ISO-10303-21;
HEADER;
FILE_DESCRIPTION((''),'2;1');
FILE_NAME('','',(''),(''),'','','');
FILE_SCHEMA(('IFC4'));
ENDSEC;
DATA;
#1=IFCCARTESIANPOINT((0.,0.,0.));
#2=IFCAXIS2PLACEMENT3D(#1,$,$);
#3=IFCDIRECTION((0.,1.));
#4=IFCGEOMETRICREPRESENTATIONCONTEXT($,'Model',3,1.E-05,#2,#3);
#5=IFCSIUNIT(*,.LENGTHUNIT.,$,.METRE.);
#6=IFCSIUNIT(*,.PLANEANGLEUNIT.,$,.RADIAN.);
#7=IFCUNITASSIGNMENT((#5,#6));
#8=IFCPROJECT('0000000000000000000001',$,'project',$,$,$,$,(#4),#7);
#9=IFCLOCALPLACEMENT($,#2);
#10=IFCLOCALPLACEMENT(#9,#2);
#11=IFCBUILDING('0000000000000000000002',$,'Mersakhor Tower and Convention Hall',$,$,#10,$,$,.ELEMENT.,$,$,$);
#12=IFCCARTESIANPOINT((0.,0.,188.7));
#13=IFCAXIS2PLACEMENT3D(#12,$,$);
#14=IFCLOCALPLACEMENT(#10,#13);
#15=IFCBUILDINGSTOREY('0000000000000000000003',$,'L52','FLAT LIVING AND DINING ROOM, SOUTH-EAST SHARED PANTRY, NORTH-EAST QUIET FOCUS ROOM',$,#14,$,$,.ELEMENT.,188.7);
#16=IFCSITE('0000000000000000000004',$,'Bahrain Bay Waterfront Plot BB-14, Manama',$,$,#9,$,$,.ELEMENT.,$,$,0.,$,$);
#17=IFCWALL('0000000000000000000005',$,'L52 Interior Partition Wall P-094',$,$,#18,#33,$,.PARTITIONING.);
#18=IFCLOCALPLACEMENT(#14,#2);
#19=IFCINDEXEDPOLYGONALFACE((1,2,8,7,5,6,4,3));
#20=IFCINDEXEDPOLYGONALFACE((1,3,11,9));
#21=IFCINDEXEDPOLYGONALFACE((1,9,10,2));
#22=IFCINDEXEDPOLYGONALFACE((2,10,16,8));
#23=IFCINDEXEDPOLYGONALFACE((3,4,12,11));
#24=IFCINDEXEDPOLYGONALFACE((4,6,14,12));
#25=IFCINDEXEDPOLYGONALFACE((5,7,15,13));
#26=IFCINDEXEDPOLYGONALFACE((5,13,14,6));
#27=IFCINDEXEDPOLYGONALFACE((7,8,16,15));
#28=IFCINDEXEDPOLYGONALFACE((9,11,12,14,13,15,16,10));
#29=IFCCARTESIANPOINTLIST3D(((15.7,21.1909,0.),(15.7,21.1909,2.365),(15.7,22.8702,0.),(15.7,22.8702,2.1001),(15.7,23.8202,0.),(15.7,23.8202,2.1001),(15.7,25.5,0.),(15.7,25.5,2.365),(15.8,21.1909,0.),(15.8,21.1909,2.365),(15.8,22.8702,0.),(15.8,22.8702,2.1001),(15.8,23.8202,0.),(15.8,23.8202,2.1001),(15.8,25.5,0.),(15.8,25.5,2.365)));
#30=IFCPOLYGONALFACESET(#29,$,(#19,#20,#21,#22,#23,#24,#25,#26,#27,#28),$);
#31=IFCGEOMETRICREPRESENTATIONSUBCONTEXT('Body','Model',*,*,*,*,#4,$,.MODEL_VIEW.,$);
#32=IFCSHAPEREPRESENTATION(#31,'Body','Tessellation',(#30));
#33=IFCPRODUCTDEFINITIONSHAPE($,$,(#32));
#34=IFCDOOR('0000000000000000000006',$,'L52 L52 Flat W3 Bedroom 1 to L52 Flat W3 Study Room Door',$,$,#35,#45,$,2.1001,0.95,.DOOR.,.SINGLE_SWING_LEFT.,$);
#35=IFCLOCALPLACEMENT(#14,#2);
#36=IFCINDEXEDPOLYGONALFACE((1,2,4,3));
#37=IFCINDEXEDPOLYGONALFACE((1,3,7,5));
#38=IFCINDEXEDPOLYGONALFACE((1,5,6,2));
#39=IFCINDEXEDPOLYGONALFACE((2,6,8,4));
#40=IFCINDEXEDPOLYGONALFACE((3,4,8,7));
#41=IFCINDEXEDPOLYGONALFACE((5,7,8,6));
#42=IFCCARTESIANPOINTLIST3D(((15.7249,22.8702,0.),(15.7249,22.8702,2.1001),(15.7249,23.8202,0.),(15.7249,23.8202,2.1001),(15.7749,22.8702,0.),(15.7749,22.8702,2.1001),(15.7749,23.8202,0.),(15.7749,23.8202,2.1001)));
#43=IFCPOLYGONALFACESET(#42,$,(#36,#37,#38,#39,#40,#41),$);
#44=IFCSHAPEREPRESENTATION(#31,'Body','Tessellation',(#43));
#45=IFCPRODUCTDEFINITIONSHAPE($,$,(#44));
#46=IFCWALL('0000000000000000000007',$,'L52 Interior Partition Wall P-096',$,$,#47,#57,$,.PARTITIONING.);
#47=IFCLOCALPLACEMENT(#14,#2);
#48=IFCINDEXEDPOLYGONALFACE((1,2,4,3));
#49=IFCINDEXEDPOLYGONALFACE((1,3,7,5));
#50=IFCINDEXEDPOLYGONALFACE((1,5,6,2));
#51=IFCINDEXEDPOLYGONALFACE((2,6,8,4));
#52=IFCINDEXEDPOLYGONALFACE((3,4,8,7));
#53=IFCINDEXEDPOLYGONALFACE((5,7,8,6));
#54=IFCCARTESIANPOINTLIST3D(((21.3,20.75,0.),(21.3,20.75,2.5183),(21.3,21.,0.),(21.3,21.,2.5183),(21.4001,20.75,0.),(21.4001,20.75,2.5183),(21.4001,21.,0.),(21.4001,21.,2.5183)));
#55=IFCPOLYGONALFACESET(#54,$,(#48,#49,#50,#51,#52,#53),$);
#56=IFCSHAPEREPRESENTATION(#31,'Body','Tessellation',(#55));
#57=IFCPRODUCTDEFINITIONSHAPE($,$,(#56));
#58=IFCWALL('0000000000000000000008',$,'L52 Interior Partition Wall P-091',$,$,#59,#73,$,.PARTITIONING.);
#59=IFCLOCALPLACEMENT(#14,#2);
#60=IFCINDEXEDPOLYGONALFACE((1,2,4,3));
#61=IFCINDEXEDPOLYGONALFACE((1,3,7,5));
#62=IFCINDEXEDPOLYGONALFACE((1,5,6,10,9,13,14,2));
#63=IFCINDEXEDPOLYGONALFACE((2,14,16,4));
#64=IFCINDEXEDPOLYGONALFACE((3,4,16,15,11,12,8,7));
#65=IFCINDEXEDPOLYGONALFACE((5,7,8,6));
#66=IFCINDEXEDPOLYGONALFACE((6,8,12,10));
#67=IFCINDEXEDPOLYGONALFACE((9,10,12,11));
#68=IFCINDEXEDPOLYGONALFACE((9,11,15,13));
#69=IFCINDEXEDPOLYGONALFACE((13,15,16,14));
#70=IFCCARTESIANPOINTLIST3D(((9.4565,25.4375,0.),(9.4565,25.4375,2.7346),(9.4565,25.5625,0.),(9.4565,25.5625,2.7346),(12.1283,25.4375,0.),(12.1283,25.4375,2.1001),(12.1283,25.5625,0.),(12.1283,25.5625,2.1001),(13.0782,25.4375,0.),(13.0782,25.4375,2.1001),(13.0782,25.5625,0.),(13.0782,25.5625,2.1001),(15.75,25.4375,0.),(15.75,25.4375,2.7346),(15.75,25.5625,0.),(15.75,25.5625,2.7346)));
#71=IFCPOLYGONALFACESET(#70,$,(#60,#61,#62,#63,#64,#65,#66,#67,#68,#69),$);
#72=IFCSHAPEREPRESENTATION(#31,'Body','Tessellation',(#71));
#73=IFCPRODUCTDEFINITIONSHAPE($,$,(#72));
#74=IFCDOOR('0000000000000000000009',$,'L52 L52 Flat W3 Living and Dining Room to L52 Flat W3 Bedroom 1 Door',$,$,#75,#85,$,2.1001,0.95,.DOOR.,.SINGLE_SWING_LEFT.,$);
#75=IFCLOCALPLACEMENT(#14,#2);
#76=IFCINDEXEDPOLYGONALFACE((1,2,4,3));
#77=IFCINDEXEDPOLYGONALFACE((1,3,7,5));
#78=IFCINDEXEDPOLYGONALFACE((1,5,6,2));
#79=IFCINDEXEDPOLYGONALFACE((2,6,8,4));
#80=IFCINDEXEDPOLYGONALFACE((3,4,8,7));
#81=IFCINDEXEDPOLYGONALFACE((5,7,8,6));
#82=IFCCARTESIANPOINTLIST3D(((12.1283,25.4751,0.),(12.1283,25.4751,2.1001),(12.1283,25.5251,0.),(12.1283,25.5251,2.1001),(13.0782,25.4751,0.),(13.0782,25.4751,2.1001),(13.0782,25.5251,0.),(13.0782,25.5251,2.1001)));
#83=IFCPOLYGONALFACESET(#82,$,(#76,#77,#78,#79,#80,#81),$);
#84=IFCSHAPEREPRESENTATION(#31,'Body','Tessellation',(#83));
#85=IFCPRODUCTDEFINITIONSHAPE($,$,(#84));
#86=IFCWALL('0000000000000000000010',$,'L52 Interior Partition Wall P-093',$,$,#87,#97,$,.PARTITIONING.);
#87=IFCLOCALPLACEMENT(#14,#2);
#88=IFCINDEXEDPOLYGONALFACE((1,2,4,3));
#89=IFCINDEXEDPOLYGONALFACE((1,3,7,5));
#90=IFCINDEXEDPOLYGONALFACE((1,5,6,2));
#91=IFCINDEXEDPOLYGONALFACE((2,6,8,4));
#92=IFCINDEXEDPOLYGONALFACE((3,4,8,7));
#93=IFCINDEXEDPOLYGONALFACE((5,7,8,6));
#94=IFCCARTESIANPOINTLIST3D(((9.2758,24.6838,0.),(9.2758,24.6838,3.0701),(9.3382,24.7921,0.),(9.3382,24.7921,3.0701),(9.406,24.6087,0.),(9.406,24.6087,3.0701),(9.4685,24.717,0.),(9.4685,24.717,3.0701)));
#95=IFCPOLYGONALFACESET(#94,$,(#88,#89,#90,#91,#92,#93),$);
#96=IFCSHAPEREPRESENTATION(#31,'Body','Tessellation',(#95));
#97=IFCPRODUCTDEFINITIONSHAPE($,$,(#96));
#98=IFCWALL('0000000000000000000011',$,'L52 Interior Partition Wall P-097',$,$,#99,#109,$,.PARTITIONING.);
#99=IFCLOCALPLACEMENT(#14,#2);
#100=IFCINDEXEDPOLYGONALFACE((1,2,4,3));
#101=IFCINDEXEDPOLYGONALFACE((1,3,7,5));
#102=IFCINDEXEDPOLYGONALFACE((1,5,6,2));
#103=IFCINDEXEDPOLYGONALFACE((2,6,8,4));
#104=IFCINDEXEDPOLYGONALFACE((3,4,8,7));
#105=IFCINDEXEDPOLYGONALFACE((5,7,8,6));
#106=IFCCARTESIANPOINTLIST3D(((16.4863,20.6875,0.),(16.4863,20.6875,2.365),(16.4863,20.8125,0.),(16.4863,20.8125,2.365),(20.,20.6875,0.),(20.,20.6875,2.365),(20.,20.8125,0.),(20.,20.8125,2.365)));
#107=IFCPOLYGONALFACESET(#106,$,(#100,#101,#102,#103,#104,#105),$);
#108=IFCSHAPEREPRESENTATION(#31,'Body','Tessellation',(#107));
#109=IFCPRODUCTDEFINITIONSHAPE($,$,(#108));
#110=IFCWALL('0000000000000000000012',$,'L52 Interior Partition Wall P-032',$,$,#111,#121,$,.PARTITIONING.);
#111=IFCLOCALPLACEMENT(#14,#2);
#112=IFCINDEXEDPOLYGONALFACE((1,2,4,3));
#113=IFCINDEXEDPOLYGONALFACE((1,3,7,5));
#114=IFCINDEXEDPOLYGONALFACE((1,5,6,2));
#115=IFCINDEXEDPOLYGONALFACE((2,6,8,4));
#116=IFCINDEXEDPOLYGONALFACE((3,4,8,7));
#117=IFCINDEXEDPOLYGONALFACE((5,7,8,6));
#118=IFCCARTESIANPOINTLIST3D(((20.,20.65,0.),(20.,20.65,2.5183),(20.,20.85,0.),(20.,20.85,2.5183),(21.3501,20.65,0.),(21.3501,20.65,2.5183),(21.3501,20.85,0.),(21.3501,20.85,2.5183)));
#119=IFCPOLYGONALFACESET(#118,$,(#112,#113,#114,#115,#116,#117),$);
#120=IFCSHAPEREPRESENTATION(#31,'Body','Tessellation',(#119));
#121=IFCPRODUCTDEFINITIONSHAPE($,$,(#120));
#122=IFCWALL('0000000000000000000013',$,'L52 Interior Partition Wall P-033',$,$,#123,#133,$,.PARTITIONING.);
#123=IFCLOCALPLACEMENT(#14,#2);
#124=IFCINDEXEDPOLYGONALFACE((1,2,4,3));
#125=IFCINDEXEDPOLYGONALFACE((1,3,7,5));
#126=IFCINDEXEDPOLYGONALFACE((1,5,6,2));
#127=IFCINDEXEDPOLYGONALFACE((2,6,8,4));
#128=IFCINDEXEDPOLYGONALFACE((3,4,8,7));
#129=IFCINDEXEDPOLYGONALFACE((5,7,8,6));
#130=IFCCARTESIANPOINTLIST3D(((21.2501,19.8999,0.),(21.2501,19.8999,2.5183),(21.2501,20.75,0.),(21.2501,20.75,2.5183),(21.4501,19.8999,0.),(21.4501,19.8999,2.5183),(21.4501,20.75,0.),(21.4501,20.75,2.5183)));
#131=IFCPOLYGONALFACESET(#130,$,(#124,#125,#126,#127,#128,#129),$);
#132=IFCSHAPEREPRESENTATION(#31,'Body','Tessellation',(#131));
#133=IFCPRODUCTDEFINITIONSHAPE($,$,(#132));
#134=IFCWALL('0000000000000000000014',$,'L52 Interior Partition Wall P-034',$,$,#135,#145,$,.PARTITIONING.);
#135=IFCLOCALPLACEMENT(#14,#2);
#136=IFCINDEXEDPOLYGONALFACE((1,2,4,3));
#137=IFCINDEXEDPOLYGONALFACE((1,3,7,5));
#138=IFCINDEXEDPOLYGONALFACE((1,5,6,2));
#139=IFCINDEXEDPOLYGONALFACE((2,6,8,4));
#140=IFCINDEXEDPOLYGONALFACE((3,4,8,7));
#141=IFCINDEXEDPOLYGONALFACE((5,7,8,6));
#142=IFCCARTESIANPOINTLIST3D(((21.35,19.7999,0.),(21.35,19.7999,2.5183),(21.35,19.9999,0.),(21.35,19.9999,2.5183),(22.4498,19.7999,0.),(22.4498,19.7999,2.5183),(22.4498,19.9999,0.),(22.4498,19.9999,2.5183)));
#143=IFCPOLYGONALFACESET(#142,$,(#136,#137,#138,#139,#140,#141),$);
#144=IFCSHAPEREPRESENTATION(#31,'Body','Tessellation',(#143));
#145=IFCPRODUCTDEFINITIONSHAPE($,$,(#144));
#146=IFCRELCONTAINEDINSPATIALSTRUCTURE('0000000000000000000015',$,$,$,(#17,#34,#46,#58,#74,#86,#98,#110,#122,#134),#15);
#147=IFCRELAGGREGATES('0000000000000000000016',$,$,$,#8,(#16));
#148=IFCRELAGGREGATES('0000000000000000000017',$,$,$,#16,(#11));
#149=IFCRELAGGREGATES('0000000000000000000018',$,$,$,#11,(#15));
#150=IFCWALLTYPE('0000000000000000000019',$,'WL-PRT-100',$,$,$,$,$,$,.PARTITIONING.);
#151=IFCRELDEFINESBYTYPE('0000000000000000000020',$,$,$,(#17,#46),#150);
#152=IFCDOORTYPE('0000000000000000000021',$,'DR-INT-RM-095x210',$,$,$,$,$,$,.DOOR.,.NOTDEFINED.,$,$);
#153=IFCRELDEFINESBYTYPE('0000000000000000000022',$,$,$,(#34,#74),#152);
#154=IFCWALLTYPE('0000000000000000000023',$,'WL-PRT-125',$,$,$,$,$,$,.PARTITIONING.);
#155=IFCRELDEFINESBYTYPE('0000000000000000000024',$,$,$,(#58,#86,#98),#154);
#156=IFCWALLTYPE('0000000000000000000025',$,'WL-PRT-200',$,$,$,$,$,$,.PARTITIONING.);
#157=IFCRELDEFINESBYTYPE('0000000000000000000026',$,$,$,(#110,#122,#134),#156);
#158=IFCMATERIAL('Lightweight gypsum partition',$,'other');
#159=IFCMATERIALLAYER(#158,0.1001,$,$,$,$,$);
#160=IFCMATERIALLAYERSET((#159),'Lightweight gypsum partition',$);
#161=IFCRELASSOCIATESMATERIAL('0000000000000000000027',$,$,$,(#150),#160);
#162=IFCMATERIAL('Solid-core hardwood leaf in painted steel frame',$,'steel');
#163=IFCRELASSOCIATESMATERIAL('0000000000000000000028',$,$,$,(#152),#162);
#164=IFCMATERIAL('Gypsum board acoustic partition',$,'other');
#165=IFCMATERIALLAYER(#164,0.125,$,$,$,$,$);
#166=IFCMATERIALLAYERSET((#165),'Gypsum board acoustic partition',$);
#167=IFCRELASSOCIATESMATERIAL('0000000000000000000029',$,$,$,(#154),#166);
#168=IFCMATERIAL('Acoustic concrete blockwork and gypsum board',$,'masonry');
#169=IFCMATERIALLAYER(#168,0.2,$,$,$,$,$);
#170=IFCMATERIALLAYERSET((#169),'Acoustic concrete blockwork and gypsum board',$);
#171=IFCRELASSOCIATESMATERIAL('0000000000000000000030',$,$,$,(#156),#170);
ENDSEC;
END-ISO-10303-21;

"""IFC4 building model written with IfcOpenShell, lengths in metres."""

from ifc_helpers import new_model, si_unit, direction, frame, frame_2d, origin, place, context, subcontext, project, spatial, rectangle, extrude, material, layer, layer_set, type_object, element, fill, save


model = new_model("IFC4")

# Units and contexts
model_context = context("Model", 3, precision=1e-05, world=origin(), true_north=direction((0.0, 1.0)))
body_context = subcontext(model_context, "Body", "Model", "MODEL_VIEW")
ifc_project = project(units=[si_unit("LENGTHUNIT", "METRE"), si_unit("PLANEANGLEUNIT", "RADIAN")], contexts=[model_context])

# Site, building, storey
site_placement = place(None, origin())
site = spatial("IfcSite", under=ifc_project, at=site_placement, Name="Bahrain Bay Waterfront Plot BB-14, Manama", CompositionType="ELEMENT", RefElevation=0.0)
building_placement = place(site_placement, origin())
building = spatial("IfcBuilding", under=site, at=building_placement, Name="Mersakhor Tower and Convention Hall", CompositionType="ELEMENT")
storey_placement = place(building_placement, frame((0.0, 0.0, 188.7)))
storey = spatial("IfcBuildingStorey", under=building, at=storey_placement, Name="L52", Description="FLAT LIVING AND DINING ROOM, SOUTH-EAST SHARED PANTRY, NORTH-EAST QUIET FOCUS ROOM", CompositionType="ELEMENT", Elevation=188.7)

# Wall, opening, door
ifc_material_1 = material(Name="Lightweight gypsum partition", Category="other")
ifc_layer_1 = layer(ifc_material_1, 0.1001)
ifc_layer_set_1 = layer_set([ifc_layer_1], Name="Lightweight gypsum partition")
wall_type_1 = type_object("IfcWallType", Name="WL-PRT-100", PredefinedType="PARTITIONING", material=ifc_layer_set_1)
wall_1_placement = place(storey_placement, frame((15.75, 25.5, 0.0), z_axis=(0.0, 0.0, 1.0), x_axis=(0.0, -1.0, 0.0)))
wall_1 = element("IfcWall", 1, at=wall_1_placement, inside=storey, type_object=wall_type_1, Name="L52 Interior Partition Wall P-094", PredefinedType="PARTITIONING", context=body_context, shape_type="SweptSolid", body=[
    extrude(rectangle(XDim=4.3091, YDim=0.1001, at=frame_2d((2.1545, 0.0))), origin(), (0.0, 0.0, 1.0), 2.365),
])
opening_1_placement = place(wall_1_placement, frame((1.6797, 0.0, 0.0)))
opening_1 = element("IfcOpeningElement", 2, at=opening_1_placement, cuts=wall_1, PredefinedType="OPENING", context=body_context, shape_type="SweptSolid", body=[
    extrude(rectangle(XDim=0.95, YDim=2.1001, at=frame_2d((0.4751, 1.05))), frame((0.0, 0.0601, 0.0), z_axis=(0.0, -1.0, 0.0), x_axis=(1.0, 0.0, 0.0)), (0.0, 0.0, 1.0), 0.1201),
])
ifc_material_2 = material(Name="Solid-core hardwood leaf in painted steel frame", Category="steel")
door_type = type_object("IfcDoorType", Name="DR-INT-RM-095x210", OperationType="NOTDEFINED", PredefinedType="DOOR", material=ifc_material_2)
door_1_placement = place(opening_1_placement, origin())
door_1 = element("IfcDoor", 3, at=door_1_placement, inside=storey, type_object=door_type, Name="L52 L52 Flat W3 Bedroom 1 to L52 Flat W3 Study Room Door", OperationType="SINGLE_SWING_LEFT", OverallHeight=2.1001, OverallWidth=0.95, PredefinedType="DOOR", context=body_context, shape_type="SweptSolid", body=[
    extrude(rectangle(XDim=0.95, YDim=2.1001, at=frame_2d((0.4751, 1.05))), frame((0.0, 0.0249, 0.0), z_axis=(0.0, -1.0, 0.0), x_axis=(1.0, 0.0, 0.0)), (0.0, 0.0, 1.0), 0.05),
])
fill(opening_1, door_1)

# Wall
wall_2_placement = place(storey_placement, frame((21.3501, 21.0, 0.0), z_axis=(0.0, 0.0, 1.0), x_axis=(0.0, -1.0, 0.0)))
element("IfcWall", 4, at=wall_2_placement, inside=storey, type_object=wall_type_1, Name="L52 Interior Partition Wall P-096", PredefinedType="PARTITIONING", context=body_context, shape_type="SweptSolid", body=[
    extrude(rectangle(XDim=0.25, YDim=0.1001, at=frame_2d((0.125, 0.0))), origin(), (0.0, 0.0, 1.0), 2.5183),
])

# Wall, opening, door
ifc_material_3 = material(Name="Gypsum board acoustic partition", Category="other")
ifc_layer_2 = layer(ifc_material_3, 0.125)
ifc_layer_set_2 = layer_set([ifc_layer_2], Name="Gypsum board acoustic partition")
wall_type_2 = type_object("IfcWallType", Name="WL-PRT-125", PredefinedType="PARTITIONING", material=ifc_layer_set_2)
wall_3_placement = place(storey_placement, frame((15.75, 25.5, 0.0), z_axis=(0.0, 0.0, 1.0), x_axis=(-1.0, 0.0, 0.0)))
wall_3 = element("IfcWall", 5, at=wall_3_placement, inside=storey, type_object=wall_type_2, Name="L52 Interior Partition Wall P-091", PredefinedType="PARTITIONING", context=body_context, shape_type="SweptSolid", body=[
    extrude(rectangle(XDim=6.2935, YDim=0.125, at=frame_2d((3.1467, 0.0))), origin(), (0.0, 0.0, 1.0), 2.7346),
])
opening_2_placement = place(wall_3_placement, frame((2.6716, 0.0, 0.0)))
opening_2 = element("IfcOpeningElement", 6, at=opening_2_placement, cuts=wall_3, PredefinedType="OPENING", context=body_context, shape_type="SweptSolid", body=[
    extrude(rectangle(XDim=0.95, YDim=2.1001, at=frame_2d((0.4751, 1.05))), frame((0.0, 0.0725, 0.0), z_axis=(0.0, -1.0, 0.0), x_axis=(1.0, 0.0, 0.0)), (0.0, 0.0, 1.0), 0.145),
])
door_2_placement = place(opening_2_placement, origin())
door_2 = element("IfcDoor", 7, at=door_2_placement, inside=storey, type_object=door_type, Name="L52 L52 Flat W3 Living and Dining Room to L52 Flat W3 Bedroom 1 Door", OperationType="SINGLE_SWING_LEFT", OverallHeight=2.1001, OverallWidth=0.95, PredefinedType="DOOR", context=body_context, shape_type="SweptSolid", body=[
    extrude(rectangle(XDim=0.95, YDim=2.1001, at=frame_2d((0.4751, 1.05))), frame((0.0, 0.0249, 0.0), z_axis=(0.0, -1.0, 0.0), x_axis=(1.0, 0.0, 0.0)), (0.0, 0.0, 1.0), 0.05),
])
fill(opening_2, door_2)

# Walls
wall_4_placement = place(storey_placement, frame((9.4373, 24.6628, 0.0), z_axis=(0.0, 0.0, 1.0), x_axis=(-0.86624, 0.499629, 0.0)))
element("IfcWall", 8, at=wall_4_placement, inside=storey, type_object=wall_type_2, Name="L52 Interior Partition Wall P-093", PredefinedType="PARTITIONING", context=body_context, shape_type="SweptSolid", body=[
    extrude(rectangle(XDim=0.1504, YDim=0.125, at=frame_2d((0.0752, 0.0))), origin(), (0.0, 0.0, 1.0), 3.0701),
])
wall_5_placement = place(storey_placement, frame((20.0, 20.75, 0.0), z_axis=(0.0, 0.0, 1.0), x_axis=(-1.0, 0.0, 0.0)))
element("IfcWall", 9, at=wall_5_placement, inside=storey, type_object=wall_type_2, Name="L52 Interior Partition Wall P-097", PredefinedType="PARTITIONING", context=body_context, shape_type="SweptSolid", body=[
    extrude(rectangle(XDim=3.5137, YDim=0.125, at=frame_2d((1.7568, 0.0))), origin(), (0.0, 0.0, 1.0), 2.365),
])
ifc_material_4 = material(Name="Acoustic concrete blockwork and gypsum board", Category="masonry")
ifc_layer_3 = layer(ifc_material_4, 0.2)
ifc_layer_set_3 = layer_set([ifc_layer_3], Name="Acoustic concrete blockwork and gypsum board")
wall_type_3 = type_object("IfcWallType", Name="WL-PRT-200", PredefinedType="PARTITIONING", material=ifc_layer_set_3)
wall_6_placement = place(storey_placement, frame((20.0, 20.75, 0.0), z_axis=(0.0, 0.0, 1.0), x_axis=(1.0, 0.0, 0.0)))
element("IfcWall", 10, at=wall_6_placement, inside=storey, type_object=wall_type_3, Name="L52 Interior Partition Wall P-032", PredefinedType="PARTITIONING", context=body_context, shape_type="SweptSolid", body=[
    extrude(rectangle(XDim=1.3501, YDim=0.2, at=frame_2d((0.675, 0.0))), origin(), (0.0, 0.0, 1.0), 2.5183),
])
wall_7_placement = place(storey_placement, frame((21.3501, 20.75, 0.0), z_axis=(0.0, 0.0, 1.0), x_axis=(0.0, -1.0, 0.0)))
element("IfcWall", 11, at=wall_7_placement, inside=storey, type_object=wall_type_3, Name="L52 Interior Partition Wall P-033", PredefinedType="PARTITIONING", context=body_context, shape_type="SweptSolid", body=[
    extrude(rectangle(XDim=0.8501, YDim=0.2, at=frame_2d((0.425, 0.0))), origin(), (0.0, 0.0, 1.0), 2.5183),
])
wall_8_placement = place(storey_placement, frame((21.3501, 19.8999, 0.0), z_axis=(0.0, 0.0, 1.0), x_axis=(1.0, 0.0, 0.0)))
element("IfcWall", 12, at=wall_8_placement, inside=storey, type_object=wall_type_3, Name="L52 Interior Partition Wall P-034", PredefinedType="PARTITIONING", context=body_context, shape_type="SweptSolid", body=[
    extrude(rectangle(XDim=1.0999, YDim=0.2, at=frame_2d((0.5498, 0.0))), origin(), (0.0, 0.0, 1.0), 2.5183),
])

save(model, "model.ifc")
